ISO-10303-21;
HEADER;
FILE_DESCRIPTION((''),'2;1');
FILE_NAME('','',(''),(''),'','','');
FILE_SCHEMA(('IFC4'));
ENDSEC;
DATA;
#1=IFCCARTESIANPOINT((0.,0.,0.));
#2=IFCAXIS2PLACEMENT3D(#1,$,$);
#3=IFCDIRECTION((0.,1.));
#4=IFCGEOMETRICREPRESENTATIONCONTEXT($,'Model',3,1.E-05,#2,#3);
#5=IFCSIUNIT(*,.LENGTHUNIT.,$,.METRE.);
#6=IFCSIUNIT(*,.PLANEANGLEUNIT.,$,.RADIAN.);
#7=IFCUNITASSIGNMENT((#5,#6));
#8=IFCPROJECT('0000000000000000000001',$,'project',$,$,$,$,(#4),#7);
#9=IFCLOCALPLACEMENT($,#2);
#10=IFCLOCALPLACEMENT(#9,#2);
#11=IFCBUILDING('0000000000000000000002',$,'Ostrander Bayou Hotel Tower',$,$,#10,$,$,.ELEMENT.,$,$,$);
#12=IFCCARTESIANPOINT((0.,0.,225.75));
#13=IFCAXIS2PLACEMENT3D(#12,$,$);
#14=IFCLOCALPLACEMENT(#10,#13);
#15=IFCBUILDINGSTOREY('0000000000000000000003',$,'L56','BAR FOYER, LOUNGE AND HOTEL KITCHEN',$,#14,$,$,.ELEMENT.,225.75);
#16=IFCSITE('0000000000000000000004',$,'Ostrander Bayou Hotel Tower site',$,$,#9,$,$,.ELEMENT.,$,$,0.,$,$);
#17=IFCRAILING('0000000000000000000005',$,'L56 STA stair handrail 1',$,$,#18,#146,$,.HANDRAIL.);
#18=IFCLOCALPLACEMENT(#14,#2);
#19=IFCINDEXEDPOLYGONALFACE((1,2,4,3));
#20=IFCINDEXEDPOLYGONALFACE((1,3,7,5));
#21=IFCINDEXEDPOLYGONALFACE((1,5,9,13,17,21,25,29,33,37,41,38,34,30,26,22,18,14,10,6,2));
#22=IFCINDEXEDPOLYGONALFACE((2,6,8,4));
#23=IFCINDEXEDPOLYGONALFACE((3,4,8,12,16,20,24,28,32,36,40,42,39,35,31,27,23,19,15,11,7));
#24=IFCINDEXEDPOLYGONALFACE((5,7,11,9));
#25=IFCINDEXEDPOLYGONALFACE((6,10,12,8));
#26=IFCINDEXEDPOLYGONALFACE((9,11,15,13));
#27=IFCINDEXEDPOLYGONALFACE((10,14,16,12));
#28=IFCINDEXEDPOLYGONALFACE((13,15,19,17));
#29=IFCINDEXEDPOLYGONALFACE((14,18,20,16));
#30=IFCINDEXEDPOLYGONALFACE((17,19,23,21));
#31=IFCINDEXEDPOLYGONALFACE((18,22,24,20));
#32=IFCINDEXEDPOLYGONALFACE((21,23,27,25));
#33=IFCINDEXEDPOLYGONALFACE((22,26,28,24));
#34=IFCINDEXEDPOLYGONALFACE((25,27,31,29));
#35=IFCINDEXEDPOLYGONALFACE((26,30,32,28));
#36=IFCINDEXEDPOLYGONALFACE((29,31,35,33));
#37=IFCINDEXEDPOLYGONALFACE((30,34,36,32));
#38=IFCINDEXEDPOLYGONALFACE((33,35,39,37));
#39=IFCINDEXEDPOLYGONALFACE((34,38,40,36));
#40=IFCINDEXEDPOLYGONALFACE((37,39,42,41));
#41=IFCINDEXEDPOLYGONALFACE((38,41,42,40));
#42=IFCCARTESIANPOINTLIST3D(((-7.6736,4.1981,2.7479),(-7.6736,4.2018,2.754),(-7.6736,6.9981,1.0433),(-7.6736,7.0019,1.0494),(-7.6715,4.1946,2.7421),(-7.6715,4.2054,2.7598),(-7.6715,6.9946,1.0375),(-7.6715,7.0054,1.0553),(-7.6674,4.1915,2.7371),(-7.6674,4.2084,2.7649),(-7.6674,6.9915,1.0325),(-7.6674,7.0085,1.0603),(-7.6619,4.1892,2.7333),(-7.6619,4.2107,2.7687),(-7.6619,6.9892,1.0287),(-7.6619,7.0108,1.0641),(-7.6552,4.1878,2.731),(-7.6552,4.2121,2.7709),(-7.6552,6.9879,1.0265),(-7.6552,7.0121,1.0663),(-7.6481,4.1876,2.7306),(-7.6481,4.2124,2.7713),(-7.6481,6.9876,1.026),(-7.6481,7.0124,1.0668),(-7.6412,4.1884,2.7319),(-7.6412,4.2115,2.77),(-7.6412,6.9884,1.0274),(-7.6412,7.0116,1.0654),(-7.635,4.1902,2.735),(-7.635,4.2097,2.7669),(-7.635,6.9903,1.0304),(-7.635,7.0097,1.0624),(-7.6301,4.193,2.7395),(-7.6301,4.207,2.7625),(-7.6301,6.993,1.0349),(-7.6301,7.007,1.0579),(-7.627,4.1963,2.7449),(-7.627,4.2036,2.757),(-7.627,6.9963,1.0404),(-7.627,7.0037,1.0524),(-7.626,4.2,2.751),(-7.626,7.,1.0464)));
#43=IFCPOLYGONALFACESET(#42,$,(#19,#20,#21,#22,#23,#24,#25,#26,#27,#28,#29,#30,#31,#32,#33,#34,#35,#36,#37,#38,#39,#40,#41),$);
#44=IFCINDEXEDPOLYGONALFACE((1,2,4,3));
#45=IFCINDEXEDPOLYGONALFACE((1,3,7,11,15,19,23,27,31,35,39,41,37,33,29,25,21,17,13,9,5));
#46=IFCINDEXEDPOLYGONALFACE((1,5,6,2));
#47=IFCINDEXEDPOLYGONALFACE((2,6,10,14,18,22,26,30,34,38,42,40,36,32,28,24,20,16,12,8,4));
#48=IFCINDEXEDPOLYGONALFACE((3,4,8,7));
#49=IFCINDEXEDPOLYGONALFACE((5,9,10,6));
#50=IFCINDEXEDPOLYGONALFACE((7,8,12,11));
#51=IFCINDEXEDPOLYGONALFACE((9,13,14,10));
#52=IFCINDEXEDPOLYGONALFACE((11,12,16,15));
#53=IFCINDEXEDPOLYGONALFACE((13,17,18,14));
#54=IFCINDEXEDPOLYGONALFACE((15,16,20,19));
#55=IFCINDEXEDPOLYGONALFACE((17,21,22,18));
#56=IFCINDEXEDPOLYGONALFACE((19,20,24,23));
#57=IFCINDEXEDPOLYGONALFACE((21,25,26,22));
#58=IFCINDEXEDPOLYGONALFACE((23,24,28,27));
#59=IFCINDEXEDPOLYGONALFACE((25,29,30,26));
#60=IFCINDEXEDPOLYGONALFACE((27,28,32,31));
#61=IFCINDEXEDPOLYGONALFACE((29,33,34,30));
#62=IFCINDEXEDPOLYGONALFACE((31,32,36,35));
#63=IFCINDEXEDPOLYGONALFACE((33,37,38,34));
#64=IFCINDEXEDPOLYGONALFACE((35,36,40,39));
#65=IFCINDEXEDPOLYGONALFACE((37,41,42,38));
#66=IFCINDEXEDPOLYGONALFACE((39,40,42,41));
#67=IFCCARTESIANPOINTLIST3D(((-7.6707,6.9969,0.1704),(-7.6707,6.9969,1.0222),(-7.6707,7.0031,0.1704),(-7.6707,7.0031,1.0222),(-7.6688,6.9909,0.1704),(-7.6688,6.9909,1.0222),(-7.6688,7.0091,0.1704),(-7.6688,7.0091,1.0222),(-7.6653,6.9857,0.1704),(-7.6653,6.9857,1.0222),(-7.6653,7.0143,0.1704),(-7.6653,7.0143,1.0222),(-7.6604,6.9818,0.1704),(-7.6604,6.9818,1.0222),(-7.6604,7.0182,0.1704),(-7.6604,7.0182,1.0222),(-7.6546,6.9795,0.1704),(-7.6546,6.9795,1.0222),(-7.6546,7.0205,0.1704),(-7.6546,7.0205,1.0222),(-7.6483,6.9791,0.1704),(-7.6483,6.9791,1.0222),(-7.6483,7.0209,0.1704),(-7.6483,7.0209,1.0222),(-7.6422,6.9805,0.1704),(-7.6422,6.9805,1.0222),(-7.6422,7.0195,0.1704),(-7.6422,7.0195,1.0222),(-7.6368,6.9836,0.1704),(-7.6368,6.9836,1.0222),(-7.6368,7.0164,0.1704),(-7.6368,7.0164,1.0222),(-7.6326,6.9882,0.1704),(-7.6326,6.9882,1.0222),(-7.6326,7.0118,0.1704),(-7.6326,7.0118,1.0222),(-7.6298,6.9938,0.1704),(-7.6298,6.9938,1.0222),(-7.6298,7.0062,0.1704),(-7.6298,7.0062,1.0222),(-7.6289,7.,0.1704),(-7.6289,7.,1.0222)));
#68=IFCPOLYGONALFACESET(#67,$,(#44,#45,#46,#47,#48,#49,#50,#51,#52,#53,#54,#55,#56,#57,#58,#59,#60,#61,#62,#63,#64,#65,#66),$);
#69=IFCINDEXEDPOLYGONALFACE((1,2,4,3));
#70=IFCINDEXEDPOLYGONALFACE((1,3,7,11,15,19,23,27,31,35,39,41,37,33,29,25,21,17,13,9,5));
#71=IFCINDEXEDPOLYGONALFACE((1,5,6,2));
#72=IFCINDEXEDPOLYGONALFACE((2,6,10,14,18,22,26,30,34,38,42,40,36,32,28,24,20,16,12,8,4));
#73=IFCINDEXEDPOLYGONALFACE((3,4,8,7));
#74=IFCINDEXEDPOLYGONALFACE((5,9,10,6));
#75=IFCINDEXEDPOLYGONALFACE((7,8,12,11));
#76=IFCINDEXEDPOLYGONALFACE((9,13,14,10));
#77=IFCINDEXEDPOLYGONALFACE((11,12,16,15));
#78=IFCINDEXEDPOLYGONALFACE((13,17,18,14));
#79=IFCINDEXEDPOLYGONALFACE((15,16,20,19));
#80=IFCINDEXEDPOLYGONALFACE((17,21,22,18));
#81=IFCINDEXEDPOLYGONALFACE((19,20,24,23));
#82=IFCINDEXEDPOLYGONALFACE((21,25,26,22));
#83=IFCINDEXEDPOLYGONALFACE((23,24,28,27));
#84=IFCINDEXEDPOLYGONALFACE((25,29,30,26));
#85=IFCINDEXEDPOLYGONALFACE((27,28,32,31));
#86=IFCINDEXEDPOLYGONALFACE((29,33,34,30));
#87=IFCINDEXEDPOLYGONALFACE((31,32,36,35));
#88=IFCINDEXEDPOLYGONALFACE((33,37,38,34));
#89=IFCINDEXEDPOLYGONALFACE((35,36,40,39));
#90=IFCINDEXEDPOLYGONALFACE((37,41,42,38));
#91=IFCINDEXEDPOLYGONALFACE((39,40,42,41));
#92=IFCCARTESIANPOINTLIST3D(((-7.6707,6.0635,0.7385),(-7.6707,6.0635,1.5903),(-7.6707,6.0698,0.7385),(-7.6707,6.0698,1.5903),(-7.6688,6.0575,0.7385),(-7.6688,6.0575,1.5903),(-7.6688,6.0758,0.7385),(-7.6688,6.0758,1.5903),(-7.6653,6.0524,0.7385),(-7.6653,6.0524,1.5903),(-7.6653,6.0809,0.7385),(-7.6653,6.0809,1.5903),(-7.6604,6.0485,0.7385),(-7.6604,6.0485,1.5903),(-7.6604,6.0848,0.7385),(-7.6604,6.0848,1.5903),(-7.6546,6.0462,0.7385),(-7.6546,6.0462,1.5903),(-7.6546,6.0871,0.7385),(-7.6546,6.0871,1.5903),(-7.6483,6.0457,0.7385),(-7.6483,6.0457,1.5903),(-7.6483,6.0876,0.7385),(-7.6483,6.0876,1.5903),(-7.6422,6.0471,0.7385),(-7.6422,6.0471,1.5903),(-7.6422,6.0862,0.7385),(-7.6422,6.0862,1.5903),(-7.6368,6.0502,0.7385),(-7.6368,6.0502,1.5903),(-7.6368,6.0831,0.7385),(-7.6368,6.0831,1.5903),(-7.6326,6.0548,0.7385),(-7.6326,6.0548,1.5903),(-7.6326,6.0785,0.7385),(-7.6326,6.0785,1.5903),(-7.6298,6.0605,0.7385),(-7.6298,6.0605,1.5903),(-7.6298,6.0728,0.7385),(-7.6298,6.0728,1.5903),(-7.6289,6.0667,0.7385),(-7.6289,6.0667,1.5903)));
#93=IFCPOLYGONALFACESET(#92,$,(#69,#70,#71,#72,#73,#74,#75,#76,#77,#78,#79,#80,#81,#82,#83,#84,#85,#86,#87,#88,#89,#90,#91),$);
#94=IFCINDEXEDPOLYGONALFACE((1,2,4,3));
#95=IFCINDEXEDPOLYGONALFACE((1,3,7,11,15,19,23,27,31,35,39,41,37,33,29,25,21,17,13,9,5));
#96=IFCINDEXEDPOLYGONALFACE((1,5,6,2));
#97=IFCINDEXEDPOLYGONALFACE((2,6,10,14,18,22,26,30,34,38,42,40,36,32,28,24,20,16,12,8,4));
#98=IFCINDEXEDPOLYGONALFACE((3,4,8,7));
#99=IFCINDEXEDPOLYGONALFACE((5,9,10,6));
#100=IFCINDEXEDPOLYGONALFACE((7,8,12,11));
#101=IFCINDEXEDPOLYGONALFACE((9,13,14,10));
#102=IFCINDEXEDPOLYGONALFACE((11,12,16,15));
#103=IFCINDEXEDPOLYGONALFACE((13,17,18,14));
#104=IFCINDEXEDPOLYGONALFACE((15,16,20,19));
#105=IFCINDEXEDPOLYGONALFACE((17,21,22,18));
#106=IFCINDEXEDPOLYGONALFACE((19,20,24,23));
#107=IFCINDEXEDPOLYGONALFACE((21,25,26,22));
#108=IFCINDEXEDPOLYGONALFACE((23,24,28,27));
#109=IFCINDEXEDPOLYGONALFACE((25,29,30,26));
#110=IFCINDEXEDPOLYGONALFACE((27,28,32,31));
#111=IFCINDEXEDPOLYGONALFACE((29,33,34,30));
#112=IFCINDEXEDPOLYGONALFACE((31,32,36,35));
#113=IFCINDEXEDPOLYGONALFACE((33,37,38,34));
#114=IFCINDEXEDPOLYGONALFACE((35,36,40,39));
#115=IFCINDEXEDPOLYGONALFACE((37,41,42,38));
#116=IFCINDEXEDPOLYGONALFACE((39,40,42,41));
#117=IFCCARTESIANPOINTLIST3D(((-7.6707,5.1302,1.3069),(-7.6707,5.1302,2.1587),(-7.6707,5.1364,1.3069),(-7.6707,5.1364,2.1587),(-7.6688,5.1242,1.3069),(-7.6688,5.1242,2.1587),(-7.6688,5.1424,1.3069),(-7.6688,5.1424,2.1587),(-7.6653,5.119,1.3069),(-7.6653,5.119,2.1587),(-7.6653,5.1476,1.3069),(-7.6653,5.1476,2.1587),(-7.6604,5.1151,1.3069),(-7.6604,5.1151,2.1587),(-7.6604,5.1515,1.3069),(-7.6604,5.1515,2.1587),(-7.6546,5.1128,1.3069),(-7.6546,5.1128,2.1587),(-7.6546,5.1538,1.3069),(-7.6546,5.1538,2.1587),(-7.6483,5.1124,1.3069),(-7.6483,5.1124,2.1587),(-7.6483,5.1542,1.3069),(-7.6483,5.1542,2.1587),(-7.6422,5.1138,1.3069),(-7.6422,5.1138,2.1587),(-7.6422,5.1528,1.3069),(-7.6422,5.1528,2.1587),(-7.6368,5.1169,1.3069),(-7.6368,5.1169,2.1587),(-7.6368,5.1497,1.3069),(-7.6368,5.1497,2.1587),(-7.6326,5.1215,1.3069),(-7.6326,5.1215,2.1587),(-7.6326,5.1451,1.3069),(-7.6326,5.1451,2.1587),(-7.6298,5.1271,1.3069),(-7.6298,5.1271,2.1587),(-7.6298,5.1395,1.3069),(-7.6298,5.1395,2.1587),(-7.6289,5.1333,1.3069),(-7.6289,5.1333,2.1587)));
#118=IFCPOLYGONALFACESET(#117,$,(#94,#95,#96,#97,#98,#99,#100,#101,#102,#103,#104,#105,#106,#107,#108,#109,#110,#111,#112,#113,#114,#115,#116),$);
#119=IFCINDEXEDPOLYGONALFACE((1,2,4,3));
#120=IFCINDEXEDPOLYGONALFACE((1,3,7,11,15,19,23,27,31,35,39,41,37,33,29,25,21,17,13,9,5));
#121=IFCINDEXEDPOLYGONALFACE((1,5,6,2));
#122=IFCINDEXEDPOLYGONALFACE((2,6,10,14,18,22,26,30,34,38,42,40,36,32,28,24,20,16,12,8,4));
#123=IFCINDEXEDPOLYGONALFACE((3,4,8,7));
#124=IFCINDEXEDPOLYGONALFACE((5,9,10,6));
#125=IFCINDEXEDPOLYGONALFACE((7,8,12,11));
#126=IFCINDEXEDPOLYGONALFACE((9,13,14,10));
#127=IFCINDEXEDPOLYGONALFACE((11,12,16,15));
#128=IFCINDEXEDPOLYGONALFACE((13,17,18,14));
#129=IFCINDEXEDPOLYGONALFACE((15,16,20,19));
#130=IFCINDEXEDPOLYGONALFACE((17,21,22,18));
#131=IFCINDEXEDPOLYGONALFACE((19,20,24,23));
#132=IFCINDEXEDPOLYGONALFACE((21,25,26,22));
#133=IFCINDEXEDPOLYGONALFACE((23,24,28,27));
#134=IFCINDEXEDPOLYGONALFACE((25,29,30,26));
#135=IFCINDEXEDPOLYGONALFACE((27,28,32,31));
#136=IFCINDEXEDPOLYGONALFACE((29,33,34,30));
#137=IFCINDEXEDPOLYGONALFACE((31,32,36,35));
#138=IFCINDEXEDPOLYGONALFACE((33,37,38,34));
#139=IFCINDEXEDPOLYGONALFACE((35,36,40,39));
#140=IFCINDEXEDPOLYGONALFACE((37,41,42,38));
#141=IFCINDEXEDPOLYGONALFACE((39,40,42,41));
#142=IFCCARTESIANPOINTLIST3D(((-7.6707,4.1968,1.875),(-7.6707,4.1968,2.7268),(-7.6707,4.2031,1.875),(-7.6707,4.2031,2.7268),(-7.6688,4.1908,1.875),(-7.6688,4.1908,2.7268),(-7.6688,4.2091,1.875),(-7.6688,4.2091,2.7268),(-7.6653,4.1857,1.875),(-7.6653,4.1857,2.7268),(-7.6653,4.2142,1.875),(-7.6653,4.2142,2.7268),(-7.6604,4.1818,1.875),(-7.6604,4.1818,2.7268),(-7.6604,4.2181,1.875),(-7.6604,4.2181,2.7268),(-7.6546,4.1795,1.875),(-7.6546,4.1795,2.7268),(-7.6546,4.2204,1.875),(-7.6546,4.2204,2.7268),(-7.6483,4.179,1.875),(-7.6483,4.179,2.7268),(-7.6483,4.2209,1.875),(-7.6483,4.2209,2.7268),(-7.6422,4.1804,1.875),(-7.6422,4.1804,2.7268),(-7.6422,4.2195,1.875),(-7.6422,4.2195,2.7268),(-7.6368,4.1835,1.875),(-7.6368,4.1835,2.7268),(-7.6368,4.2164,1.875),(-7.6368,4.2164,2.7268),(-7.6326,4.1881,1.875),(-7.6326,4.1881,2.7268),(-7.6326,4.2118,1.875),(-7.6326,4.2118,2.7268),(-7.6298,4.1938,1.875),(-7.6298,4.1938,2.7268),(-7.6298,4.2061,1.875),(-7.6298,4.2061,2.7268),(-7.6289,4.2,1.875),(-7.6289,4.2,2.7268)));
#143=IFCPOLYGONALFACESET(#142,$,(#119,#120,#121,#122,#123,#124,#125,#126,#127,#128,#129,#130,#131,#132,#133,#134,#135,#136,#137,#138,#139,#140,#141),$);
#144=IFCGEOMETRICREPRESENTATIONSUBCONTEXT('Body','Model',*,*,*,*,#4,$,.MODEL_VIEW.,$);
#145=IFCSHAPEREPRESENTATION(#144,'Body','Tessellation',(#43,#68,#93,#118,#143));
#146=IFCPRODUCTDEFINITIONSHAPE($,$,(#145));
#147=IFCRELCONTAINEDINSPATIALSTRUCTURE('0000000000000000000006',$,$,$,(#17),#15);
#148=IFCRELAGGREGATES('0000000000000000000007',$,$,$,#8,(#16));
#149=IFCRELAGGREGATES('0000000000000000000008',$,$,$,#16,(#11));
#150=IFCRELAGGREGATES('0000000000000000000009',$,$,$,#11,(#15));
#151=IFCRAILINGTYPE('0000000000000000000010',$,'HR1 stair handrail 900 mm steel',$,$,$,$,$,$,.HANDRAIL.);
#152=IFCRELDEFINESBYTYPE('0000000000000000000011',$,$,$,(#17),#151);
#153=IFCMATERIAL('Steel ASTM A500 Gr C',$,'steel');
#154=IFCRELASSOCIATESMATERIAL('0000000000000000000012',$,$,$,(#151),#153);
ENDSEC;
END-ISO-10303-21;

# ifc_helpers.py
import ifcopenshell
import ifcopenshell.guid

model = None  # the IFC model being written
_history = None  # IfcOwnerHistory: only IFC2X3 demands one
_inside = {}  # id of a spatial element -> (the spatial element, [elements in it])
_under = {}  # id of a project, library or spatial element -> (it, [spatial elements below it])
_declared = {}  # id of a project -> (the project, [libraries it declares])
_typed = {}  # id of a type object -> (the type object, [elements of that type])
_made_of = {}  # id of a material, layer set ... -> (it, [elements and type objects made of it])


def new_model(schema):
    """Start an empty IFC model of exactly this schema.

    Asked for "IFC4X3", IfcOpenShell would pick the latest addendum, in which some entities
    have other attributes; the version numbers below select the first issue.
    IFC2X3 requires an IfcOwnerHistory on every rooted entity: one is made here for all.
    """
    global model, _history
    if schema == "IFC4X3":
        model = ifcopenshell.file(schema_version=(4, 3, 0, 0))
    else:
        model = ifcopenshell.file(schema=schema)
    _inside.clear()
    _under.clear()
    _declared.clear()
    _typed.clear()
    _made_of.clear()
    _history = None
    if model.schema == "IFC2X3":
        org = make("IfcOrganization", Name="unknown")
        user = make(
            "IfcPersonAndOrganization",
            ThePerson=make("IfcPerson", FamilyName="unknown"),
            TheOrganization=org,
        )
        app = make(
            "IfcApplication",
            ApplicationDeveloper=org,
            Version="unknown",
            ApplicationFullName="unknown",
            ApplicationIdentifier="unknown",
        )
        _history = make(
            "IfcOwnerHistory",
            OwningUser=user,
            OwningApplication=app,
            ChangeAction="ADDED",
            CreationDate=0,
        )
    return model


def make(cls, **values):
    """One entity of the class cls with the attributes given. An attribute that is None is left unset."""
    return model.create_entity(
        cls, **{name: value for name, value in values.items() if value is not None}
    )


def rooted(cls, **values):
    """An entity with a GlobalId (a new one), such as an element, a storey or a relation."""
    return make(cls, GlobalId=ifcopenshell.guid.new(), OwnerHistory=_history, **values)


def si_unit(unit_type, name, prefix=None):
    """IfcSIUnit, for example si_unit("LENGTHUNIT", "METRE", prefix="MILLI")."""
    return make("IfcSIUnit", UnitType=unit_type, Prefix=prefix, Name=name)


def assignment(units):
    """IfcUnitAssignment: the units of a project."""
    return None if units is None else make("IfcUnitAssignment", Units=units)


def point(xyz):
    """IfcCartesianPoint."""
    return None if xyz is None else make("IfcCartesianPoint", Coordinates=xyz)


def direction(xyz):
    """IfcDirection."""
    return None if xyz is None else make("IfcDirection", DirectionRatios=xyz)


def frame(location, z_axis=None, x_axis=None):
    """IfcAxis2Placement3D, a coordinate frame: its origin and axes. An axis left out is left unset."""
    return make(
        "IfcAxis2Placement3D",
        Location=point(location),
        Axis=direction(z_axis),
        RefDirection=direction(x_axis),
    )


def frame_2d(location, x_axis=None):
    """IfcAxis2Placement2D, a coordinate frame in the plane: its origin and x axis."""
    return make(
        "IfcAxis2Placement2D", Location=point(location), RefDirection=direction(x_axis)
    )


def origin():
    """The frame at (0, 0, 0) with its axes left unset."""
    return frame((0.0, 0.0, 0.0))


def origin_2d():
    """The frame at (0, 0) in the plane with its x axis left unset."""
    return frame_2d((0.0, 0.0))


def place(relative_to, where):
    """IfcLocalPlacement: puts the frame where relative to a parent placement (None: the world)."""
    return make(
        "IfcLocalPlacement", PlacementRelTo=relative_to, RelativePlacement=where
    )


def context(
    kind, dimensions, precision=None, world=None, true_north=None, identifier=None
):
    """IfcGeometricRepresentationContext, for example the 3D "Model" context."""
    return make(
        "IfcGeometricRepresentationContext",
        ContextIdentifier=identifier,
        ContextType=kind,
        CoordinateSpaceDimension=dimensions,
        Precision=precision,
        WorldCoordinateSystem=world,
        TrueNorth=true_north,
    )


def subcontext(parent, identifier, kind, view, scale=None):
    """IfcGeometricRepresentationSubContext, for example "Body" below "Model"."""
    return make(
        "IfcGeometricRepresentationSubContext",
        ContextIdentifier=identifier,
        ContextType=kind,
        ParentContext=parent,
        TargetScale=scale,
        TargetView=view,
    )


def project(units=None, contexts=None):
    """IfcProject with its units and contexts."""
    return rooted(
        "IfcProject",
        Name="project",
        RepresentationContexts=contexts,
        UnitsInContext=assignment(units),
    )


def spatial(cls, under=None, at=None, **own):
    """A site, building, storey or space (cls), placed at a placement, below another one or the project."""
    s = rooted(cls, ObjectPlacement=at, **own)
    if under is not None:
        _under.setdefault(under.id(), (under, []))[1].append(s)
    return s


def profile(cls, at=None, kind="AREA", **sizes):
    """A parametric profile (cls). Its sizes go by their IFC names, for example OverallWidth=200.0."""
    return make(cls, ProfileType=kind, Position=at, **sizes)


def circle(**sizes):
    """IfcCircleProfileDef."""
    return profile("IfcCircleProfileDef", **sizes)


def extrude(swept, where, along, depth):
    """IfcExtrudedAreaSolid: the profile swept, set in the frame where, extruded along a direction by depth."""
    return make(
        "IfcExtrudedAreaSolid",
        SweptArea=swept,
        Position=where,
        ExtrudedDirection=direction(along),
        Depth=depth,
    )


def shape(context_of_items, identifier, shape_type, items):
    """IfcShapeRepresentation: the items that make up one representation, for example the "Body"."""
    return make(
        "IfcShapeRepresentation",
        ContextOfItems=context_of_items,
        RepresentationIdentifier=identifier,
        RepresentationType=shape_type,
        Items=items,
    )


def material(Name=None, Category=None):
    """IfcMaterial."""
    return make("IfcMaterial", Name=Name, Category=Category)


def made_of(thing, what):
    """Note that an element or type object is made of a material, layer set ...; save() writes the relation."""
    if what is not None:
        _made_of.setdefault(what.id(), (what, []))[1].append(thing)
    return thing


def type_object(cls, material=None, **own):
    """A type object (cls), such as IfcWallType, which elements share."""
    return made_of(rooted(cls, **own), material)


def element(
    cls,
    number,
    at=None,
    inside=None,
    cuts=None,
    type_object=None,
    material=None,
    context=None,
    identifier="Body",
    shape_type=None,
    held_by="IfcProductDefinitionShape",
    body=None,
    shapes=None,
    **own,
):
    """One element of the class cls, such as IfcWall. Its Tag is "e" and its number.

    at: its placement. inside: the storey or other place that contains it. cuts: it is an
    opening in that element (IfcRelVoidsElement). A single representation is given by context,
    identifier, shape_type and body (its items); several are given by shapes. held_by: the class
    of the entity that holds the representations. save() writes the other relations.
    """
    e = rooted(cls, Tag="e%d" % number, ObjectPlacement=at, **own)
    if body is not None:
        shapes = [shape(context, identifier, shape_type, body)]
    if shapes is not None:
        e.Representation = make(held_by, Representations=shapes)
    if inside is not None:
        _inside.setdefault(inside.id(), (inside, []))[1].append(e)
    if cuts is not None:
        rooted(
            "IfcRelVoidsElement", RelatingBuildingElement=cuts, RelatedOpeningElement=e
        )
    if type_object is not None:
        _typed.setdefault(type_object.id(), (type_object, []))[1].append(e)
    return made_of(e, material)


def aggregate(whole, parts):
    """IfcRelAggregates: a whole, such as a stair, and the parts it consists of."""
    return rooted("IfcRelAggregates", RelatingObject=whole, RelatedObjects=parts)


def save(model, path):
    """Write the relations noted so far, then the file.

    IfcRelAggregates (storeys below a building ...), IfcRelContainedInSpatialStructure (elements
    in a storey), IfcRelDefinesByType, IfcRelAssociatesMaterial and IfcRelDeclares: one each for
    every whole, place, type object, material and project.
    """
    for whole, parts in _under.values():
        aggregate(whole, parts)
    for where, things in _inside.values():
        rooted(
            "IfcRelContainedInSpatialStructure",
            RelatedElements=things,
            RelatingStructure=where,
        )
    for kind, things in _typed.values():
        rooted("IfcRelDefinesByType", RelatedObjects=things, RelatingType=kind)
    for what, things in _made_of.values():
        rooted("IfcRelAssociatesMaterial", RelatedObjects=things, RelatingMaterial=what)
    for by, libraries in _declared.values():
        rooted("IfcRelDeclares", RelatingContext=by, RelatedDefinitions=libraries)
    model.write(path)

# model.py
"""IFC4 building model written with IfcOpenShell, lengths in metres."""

from ifc_helpers import new_model, si_unit, direction, frame, origin, origin_2d, place, context, subcontext, project, spatial, circle, extrude, material, type_object, element, save


model = new_model("IFC4")

# Units and contexts
model_context = context("Model", 3, precision=1e-05, world=origin(), true_north=direction((0.0, 1.0)))
body_context = subcontext(model_context, "Body", "Model", "MODEL_VIEW")
ifc_project = project(units=[si_unit("LENGTHUNIT", "METRE"), si_unit("PLANEANGLEUNIT", "RADIAN")], contexts=[model_context])

# Site, building, storey
site_placement = place(None, origin())
site = spatial("IfcSite", under=ifc_project, at=site_placement, Name="Ostrander Bayou Hotel Tower site", CompositionType="ELEMENT", RefElevation=0.0)
building_placement = place(site_placement, origin())
building = spatial("IfcBuilding", under=site, at=building_placement, Name="Ostrander Bayou Hotel Tower", CompositionType="ELEMENT")
storey_placement = place(building_placement, frame((0.0, 0.0, 225.75)))
storey = spatial("IfcBuildingStorey", under=building, at=storey_placement, Name="L56", Description="BAR FOYER, LOUNGE AND HOTEL KITCHEN", CompositionType="ELEMENT", Elevation=225.75)

# Railing
ifc_material_1 = material(Name="Steel ASTM A500 Gr C", Category="steel")
railing_type_1 = type_object("IfcRailingType", Name="HR1 stair handrail 900 mm steel", PredefinedType="HANDRAIL", material=ifc_material_1)
railing_1_placement = place(storey_placement, frame((-7.6499, 7.0, 0.1704)))
element("IfcRailing", 1, at=railing_1_placement, inside=storey, type_object=railing_type_1, Name="L56 STA stair handrail 1", PredefinedType="HANDRAIL", context=body_context, shape_type="SweptSolid", body=[
    extrude(circle(Radius=0.0239, at=origin_2d()), frame((0.0, 0.0, 0.876), z_axis=(0.0, -0.85417, 0.519994), x_axis=(1.0, 0.0, 0.0)), (0.0, 0.0, 1.0), 3.2781),
    extrude(circle(Radius=0.021, at=origin_2d()), origin(), (0.0, 0.0, 1.0), 0.8518),
    extrude(circle(Radius=0.021, at=origin_2d()), frame((0.0, -0.9333, 0.5681)), (0.0, 0.0, 1.0), 0.8518),
    extrude(circle(Radius=0.021, at=origin_2d()), frame((0.0, -1.8667, 1.1365)), (0.0, 0.0, 1.0), 0.8518),
    extrude(circle(Radius=0.021, at=origin_2d()), frame((0.0, -2.8, 1.7046)), (0.0, 0.0, 1.0), 0.8518),
])

save(model, "model.ifc")
